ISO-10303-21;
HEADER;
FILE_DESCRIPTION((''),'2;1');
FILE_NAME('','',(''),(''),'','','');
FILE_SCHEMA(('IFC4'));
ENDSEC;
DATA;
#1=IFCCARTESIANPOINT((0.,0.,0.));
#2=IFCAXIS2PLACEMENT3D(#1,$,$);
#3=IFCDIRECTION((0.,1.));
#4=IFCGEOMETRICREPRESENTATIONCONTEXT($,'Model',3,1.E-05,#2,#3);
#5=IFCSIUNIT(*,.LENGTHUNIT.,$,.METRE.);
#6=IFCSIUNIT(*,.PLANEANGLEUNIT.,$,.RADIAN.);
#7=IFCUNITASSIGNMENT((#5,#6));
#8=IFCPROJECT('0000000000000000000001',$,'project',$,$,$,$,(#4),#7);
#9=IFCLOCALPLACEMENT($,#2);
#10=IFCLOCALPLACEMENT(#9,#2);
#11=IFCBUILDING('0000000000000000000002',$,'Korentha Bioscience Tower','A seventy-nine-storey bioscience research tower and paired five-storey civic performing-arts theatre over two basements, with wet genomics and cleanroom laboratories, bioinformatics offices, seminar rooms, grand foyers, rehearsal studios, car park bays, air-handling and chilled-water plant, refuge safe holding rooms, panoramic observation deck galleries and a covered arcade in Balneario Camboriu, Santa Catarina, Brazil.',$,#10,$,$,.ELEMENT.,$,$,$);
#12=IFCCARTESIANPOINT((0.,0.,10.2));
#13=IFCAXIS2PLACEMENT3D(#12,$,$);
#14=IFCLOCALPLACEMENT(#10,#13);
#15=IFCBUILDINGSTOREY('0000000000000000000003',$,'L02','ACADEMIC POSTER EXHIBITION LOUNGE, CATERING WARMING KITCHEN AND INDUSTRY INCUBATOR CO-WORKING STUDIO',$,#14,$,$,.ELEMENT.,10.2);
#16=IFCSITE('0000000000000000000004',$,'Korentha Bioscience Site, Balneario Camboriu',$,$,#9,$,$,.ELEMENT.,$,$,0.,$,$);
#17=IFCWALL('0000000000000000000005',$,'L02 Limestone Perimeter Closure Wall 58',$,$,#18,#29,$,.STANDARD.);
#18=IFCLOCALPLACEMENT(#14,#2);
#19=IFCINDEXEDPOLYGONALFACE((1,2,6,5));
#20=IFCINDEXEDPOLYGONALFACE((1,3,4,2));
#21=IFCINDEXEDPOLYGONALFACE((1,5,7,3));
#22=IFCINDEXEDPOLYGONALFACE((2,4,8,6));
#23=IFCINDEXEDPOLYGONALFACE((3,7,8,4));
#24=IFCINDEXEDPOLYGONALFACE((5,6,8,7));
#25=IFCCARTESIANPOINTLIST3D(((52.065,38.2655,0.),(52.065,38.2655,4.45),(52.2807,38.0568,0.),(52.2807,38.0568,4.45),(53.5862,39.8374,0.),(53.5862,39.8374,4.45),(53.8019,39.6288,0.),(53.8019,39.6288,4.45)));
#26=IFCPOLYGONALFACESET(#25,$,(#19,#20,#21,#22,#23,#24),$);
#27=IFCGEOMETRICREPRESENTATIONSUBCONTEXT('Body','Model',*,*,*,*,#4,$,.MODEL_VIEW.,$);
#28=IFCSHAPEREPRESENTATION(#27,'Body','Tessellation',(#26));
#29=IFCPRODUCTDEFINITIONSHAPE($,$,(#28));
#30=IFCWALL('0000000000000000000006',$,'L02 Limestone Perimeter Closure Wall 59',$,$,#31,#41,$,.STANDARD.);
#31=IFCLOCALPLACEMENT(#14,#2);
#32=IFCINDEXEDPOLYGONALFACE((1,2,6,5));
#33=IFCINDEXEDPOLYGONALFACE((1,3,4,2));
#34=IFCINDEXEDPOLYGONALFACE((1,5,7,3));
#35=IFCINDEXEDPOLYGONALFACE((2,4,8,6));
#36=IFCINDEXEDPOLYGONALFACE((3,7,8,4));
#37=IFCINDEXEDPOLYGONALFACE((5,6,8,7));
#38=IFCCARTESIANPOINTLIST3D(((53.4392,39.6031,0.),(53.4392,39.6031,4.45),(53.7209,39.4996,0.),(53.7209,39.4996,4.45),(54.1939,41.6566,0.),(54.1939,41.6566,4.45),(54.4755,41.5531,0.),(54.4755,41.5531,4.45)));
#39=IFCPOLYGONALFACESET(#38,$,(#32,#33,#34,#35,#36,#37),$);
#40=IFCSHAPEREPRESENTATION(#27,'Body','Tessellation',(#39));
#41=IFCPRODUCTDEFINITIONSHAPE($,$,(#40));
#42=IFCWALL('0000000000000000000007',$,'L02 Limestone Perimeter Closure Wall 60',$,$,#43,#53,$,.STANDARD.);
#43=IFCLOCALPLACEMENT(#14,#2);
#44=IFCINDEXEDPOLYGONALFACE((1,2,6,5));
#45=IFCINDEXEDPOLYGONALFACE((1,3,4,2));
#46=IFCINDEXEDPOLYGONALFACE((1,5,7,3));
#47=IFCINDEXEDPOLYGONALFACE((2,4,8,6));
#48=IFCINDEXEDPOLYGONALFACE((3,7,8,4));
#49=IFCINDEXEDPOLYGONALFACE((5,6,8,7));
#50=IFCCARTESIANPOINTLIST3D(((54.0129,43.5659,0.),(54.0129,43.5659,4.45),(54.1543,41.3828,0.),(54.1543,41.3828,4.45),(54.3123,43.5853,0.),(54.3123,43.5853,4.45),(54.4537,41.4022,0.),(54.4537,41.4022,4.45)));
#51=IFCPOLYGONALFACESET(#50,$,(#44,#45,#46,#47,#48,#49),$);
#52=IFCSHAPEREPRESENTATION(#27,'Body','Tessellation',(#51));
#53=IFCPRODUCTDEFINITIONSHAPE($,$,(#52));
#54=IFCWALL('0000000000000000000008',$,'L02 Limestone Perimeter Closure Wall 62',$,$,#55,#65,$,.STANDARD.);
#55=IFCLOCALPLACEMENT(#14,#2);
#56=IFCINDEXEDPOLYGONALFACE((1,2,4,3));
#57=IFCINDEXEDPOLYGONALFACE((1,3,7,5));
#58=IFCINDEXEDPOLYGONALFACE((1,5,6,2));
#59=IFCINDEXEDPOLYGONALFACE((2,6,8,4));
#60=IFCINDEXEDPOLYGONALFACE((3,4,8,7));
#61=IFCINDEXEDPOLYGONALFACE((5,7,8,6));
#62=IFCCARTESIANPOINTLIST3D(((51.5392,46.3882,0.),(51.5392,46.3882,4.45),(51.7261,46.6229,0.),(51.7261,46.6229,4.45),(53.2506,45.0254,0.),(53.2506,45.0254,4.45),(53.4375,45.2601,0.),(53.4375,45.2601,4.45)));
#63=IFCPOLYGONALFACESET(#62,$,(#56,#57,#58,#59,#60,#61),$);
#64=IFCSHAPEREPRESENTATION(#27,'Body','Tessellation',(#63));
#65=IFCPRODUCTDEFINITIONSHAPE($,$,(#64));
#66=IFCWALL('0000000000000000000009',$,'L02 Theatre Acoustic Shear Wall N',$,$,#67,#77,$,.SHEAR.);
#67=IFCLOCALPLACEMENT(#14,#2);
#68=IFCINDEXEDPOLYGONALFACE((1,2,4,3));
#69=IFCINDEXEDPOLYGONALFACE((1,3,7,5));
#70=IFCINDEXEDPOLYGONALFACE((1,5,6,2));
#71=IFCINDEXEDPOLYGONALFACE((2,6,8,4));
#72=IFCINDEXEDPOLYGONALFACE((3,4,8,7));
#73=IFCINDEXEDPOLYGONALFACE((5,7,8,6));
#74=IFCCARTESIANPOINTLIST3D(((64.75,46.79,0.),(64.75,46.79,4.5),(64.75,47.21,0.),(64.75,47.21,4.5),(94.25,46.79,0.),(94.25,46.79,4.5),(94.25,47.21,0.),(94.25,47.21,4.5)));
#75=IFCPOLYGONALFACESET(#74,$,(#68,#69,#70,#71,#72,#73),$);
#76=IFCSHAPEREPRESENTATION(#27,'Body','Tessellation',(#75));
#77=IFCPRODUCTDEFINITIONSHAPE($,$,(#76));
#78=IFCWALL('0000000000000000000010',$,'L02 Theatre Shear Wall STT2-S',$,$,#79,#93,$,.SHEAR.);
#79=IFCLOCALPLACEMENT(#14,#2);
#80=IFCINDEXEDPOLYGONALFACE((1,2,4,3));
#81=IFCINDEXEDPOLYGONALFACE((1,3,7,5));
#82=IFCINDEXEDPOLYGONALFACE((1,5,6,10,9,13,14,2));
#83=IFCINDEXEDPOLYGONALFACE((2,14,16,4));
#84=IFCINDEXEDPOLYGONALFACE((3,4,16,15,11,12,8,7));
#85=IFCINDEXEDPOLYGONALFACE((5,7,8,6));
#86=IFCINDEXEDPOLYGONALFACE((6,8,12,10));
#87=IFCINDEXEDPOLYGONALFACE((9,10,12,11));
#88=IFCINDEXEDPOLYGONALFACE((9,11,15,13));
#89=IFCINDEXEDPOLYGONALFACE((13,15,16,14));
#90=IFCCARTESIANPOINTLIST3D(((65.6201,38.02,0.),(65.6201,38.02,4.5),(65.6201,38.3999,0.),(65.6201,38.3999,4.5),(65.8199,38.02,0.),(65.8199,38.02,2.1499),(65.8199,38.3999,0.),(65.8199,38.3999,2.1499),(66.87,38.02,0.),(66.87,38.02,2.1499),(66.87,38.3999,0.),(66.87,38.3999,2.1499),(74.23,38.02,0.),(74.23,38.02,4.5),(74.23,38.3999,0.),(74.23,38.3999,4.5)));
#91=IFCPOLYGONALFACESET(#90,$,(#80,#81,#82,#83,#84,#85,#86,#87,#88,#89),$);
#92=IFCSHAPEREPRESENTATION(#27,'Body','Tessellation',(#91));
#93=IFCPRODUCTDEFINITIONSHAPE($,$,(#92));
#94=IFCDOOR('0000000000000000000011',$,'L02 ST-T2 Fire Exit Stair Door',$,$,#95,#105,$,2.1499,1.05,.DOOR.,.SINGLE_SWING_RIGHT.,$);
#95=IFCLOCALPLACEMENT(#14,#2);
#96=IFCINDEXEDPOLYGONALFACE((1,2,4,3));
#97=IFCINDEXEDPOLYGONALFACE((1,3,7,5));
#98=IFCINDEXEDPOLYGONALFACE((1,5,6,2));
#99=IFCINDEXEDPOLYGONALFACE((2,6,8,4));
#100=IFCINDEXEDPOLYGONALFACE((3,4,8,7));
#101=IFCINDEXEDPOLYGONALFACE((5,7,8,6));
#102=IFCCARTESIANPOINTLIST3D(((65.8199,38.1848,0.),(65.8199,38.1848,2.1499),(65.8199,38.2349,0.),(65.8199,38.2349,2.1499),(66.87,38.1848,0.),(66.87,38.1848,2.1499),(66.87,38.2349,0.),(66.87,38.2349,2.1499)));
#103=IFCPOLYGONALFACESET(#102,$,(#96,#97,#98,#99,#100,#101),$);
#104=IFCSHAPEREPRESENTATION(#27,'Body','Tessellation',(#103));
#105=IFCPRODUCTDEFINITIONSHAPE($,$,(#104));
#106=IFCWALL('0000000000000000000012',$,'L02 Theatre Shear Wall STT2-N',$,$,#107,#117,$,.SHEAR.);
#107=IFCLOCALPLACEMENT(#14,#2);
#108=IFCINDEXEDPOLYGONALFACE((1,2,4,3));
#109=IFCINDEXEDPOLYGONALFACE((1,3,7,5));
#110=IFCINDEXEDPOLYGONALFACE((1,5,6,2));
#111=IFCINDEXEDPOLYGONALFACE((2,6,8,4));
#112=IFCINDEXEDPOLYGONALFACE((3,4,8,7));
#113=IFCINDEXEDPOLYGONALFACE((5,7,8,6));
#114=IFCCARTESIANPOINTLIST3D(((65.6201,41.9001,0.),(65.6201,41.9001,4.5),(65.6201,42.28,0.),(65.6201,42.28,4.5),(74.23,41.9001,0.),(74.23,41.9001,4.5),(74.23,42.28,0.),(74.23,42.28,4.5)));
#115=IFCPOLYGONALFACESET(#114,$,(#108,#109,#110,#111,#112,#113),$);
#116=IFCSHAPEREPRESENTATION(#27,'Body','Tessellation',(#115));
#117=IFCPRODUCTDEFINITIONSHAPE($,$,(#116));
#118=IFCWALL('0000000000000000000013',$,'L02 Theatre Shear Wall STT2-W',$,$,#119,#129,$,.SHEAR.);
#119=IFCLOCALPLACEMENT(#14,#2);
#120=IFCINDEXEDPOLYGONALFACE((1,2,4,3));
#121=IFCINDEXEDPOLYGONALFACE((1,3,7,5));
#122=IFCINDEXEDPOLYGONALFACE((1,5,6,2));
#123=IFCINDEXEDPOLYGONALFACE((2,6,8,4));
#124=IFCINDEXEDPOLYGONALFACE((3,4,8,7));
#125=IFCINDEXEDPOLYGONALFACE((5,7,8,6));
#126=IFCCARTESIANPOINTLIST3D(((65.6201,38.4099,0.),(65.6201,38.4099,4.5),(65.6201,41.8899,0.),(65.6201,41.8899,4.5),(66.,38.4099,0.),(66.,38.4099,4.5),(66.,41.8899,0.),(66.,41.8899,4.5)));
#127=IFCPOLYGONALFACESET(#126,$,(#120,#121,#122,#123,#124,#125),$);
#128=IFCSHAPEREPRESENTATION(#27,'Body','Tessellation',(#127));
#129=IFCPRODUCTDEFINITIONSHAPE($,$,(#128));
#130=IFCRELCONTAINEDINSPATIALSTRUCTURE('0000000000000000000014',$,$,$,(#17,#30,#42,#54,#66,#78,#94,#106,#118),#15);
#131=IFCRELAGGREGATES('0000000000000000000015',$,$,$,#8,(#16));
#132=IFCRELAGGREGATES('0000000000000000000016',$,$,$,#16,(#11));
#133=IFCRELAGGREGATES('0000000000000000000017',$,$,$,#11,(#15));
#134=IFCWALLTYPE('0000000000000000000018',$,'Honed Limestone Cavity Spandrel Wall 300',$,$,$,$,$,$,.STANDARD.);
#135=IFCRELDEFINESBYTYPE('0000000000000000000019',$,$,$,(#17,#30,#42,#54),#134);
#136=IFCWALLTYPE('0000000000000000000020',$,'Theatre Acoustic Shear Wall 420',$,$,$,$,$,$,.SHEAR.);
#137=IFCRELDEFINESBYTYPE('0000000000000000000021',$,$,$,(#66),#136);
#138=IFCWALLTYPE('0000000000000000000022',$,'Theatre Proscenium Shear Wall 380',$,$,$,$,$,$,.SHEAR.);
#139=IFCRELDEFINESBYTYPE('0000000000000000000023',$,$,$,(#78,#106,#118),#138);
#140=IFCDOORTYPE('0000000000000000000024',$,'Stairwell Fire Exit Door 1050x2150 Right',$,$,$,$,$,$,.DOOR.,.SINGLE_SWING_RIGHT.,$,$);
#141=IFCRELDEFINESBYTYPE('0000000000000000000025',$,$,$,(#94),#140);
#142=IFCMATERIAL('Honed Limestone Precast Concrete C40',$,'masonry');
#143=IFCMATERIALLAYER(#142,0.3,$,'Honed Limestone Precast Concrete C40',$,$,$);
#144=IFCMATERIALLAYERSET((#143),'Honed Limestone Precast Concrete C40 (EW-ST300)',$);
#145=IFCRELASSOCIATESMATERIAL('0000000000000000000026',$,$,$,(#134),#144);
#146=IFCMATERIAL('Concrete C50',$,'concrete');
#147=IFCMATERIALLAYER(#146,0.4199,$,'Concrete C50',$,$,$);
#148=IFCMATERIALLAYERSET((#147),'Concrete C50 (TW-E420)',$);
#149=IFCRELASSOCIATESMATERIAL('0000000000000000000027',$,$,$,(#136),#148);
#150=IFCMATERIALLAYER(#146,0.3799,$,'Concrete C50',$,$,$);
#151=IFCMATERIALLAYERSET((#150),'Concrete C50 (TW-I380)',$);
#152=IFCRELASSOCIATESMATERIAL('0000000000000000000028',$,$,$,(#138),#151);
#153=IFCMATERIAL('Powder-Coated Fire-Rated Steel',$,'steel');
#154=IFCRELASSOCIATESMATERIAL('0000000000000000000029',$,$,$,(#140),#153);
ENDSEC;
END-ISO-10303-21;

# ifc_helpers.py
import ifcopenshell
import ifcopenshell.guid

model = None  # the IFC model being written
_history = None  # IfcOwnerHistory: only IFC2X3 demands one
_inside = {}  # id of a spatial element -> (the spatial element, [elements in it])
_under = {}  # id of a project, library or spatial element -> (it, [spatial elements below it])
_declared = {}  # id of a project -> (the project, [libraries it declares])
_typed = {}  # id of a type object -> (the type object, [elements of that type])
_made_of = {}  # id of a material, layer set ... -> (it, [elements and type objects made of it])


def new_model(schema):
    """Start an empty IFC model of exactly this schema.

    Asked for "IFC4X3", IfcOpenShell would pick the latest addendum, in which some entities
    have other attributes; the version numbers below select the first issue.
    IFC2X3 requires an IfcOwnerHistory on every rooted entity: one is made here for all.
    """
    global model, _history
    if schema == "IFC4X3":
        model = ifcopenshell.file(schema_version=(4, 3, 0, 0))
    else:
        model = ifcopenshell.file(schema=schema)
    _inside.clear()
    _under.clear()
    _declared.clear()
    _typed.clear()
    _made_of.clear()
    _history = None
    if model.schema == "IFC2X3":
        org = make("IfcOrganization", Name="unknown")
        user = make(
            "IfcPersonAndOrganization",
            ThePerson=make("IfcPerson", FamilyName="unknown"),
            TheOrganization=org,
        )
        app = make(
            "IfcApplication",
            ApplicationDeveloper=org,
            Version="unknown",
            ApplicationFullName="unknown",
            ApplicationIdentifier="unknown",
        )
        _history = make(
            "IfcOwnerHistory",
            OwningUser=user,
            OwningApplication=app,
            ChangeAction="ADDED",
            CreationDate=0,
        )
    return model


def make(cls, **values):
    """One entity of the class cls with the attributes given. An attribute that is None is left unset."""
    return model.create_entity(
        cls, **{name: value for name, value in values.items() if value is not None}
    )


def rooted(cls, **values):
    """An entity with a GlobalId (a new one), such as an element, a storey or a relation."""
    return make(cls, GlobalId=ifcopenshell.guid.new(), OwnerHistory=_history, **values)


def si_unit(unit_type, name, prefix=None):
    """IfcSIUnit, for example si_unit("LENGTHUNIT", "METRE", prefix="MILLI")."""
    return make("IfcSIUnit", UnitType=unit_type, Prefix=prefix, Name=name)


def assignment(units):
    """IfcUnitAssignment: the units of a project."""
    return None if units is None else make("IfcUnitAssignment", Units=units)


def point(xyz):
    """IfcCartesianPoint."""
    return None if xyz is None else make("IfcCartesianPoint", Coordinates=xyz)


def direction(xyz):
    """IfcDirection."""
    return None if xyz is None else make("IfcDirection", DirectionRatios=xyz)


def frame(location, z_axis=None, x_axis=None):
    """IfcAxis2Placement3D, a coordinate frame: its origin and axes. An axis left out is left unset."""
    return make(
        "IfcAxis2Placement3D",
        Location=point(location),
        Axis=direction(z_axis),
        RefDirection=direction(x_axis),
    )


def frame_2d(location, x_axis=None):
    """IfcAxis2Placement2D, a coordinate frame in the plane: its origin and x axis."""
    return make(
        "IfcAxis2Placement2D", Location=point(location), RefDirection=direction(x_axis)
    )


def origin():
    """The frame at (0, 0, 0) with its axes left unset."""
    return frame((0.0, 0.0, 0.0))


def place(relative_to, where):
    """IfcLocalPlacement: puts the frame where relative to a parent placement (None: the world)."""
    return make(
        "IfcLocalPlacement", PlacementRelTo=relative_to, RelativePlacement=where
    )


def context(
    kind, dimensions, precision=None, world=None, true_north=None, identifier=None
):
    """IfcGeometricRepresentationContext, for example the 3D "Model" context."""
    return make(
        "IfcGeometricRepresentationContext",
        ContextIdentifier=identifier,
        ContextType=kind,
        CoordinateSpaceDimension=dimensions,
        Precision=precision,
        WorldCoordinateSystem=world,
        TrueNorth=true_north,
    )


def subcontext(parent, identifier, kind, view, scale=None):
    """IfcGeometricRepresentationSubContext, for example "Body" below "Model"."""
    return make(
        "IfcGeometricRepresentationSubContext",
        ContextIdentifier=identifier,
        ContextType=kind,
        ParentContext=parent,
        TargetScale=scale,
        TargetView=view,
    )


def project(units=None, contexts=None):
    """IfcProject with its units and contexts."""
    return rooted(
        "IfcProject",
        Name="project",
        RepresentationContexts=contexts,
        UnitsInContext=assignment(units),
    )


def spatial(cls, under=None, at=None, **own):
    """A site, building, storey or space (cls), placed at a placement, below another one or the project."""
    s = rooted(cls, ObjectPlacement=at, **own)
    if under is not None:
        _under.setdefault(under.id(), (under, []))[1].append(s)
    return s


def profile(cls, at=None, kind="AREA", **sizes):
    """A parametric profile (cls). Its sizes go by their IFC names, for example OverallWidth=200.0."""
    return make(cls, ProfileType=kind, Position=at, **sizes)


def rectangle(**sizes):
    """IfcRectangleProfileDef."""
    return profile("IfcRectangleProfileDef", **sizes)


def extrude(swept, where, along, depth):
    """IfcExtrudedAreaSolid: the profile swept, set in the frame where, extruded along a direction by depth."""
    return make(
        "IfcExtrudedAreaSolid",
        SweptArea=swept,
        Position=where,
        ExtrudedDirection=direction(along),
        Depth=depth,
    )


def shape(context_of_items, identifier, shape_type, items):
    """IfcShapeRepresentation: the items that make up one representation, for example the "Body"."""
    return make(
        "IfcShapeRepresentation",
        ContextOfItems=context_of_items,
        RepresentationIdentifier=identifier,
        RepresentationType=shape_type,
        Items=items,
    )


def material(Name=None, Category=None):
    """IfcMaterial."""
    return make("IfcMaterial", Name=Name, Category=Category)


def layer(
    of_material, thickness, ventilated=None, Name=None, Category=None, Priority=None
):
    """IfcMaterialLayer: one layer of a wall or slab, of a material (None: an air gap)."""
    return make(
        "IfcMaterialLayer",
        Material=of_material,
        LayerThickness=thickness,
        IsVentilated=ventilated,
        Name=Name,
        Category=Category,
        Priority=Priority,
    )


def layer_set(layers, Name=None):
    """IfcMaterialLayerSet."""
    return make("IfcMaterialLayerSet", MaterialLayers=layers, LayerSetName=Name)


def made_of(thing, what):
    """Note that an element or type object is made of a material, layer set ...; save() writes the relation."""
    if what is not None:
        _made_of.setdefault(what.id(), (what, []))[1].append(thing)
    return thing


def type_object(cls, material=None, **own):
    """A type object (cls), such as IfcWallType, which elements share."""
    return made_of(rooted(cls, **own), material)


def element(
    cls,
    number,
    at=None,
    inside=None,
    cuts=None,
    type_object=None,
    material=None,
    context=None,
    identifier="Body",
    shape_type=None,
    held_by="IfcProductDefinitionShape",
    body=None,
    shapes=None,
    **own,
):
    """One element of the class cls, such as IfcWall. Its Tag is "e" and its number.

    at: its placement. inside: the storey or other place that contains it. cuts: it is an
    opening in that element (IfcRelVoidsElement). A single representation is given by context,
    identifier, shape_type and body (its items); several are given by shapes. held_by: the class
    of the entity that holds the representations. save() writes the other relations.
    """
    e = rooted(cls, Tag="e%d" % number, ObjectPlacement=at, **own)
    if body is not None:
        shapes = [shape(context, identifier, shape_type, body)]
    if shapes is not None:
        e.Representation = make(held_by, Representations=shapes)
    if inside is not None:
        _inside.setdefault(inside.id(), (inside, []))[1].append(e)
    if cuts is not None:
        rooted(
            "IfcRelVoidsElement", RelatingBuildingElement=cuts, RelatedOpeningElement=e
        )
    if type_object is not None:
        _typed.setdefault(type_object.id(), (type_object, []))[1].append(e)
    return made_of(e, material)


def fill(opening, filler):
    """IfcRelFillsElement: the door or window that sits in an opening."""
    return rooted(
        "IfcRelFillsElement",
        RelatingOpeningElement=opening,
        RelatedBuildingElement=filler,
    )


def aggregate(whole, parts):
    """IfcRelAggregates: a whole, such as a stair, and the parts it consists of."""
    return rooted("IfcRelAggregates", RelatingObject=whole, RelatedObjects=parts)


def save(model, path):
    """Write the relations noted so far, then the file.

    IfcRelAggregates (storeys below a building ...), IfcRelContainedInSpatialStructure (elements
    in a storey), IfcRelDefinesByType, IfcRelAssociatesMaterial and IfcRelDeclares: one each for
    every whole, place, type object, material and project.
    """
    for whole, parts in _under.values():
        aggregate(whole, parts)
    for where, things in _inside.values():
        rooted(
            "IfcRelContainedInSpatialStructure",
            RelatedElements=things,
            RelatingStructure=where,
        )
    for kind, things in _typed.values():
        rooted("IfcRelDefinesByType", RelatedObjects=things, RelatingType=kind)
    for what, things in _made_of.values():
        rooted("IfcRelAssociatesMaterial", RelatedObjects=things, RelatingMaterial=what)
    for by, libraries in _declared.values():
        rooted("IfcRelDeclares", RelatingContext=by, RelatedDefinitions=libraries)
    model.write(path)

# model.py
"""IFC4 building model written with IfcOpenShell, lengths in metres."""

from ifc_helpers import new_model, si_unit, direction, frame, frame_2d, origin, place, context, subcontext, project, spatial, rectangle, extrude, material, layer, layer_set, type_object, element, fill, save


model = new_model("IFC4")

# Units and contexts
model_context = context("Model", 3, precision=1e-05, world=origin(), true_north=direction((0.0, 1.0)))
body_context = subcontext(model_context, "Body", "Model", "MODEL_VIEW")
ifc_project = project(units=[si_unit("LENGTHUNIT", "METRE"), si_unit("PLANEANGLEUNIT", "RADIAN")], contexts=[model_context])

# Site, building, storey
site_placement = place(None, origin())
site = spatial("IfcSite", under=ifc_project, at=site_placement, Name="Korentha Bioscience Site, Balneario Camboriu", CompositionType="ELEMENT", RefElevation=0.0)
building_placement = place(site_placement, origin())
building = spatial("IfcBuilding", under=site, at=building_placement, Name="Korentha Bioscience Tower", Description="A seventy-nine-storey bioscience research tower and paired five-storey civic performing-arts theatre over two basements, with wet genomics and cleanroom laboratories, bioinformatics offices, seminar rooms, grand foyers, rehearsal studios, car park bays, air-handling and chilled-water plant, refuge safe holding rooms, panoramic observation deck galleries and a covered arcade in Balneario Camboriu, Santa Catarina, Brazil.", CompositionType="ELEMENT")
storey_placement = place(building_placement, frame((0.0, 0.0, 10.2)))
storey = spatial("IfcBuildingStorey", under=building, at=storey_placement, Name="L02", Description="ACADEMIC POSTER EXHIBITION LOUNGE, CATERING WARMING KITCHEN AND INDUSTRY INCUBATOR CO-WORKING STUDIO", CompositionType="ELEMENT", Elevation=10.2)

# Shared definitions
ifc_material_1 = material(Name="Concrete C50", Category="concrete")

# Walls
ifc_material_2 = material(Name="Honed Limestone Precast Concrete C40", Category="masonry")
ifc_layer_1 = layer(ifc_material_2, 0.3, Name="Honed Limestone Precast Concrete C40")
ifc_layer_set_1 = layer_set([ifc_layer_1], Name="Honed Limestone Precast Concrete C40 (EW-ST300)")
wall_type_1 = type_object("IfcWallType", Name="Honed Limestone Cavity Spandrel Wall 300", PredefinedType="STANDARD", material=ifc_layer_set_1)
wall_1_placement = place(storey_placement, frame((52.1729, 38.1611, 0.0), z_axis=(0.0, 0.0, 1.0), x_axis=(0.695405, 0.718618, 0.0)))
element("IfcWall", 1, at=wall_1_placement, inside=storey, type_object=wall_type_1, Name="L02 Limestone Perimeter Closure Wall 58", PredefinedType="STANDARD", context=body_context, shape_type="SweptSolid", body=[
    extrude(rectangle(XDim=2.1875, YDim=0.3, at=frame_2d((1.0938, 0.0))), origin(), (0.0, 0.0, 1.0), 4.45),
])
for number, where, z_axis, x_axis, name in (
    (2, (53.5801, 39.5515, 0.0), (0.0, 0.0, 1.0), (0.34494, 0.938625, 0.0), "L02 Limestone Perimeter Closure Wall 59"),
    (3, (54.304, 41.3926, 0.0), (0.0, 0.0, 1.0), (-0.064615, 0.99791, 0.0), "L02 Limestone Perimeter Closure Wall 60"),
    (4, (53.344, 45.1428, 0.0), (0.0, 0.0, 1.0), (-0.782282, 0.622924, 0.0), "L02 Limestone Perimeter Closure Wall 62"),
):
    element("IfcWall", number, at=place(storey_placement, frame(where, z_axis=z_axis, x_axis=x_axis)), inside=storey, type_object=wall_type_1, Name=name, PredefinedType="STANDARD", context=body_context, shape_type="SweptSolid", body=[
        extrude(rectangle(XDim=2.1877, YDim=0.3, at=frame_2d((1.0938, 0.0))), origin(), (0.0, 0.0, 1.0), 4.45),
    ])
ifc_layer_2 = layer(ifc_material_1, 0.4199, Name="Concrete C50")
ifc_layer_set_2 = layer_set([ifc_layer_2], Name="Concrete C50 (TW-E420)")
wall_type_2 = type_object("IfcWallType", Name="Theatre Acoustic Shear Wall 420", PredefinedType="SHEAR", material=ifc_layer_set_2)
wall_2_placement = place(storey_placement, frame((64.75, 47.0, 0.0), z_axis=(0.0, 0.0, 1.0), x_axis=(1.0, 0.0, 0.0)))
element("IfcWall", 5, at=wall_2_placement, inside=storey, type_object=wall_type_2, Name="L02 Theatre Acoustic Shear Wall N", PredefinedType="SHEAR", context=body_context, shape_type="SweptSolid", body=[
    extrude(rectangle(XDim=29.5, YDim=0.4199, at=frame_2d((14.75, 0.0))), origin(), (0.0, 0.0, 1.0), 4.5),
])

# Wall, opening, door
ifc_layer_3 = layer(ifc_material_1, 0.3799, Name="Concrete C50")
ifc_layer_set_3 = layer_set([ifc_layer_3], Name="Concrete C50 (TW-I380)")
wall_type_3 = type_object("IfcWallType", Name="Theatre Proscenium Shear Wall 380", PredefinedType="SHEAR", material=ifc_layer_set_3)
wall_3_placement = place(storey_placement, frame((65.6201, 38.21, 0.0), z_axis=(0.0, 0.0, 1.0), x_axis=(1.0, 0.0, 0.0)))
wall_3 = element("IfcWall", 6, at=wall_3_placement, inside=storey, type_object=wall_type_3, Name="L02 Theatre Shear Wall STT2-S", PredefinedType="SHEAR", context=body_context, shape_type="SweptSolid", body=[
    extrude(rectangle(XDim=8.6099, YDim=0.3799, at=frame_2d((4.3049, 0.0))), origin(), (0.0, 0.0, 1.0), 4.5),
])
opening_placement = place(wall_3_placement, frame((0.2, 0.0, 0.0)))
opening = element("IfcOpeningElement", 7, at=opening_placement, cuts=wall_3, PredefinedType="OPENING", context=body_context, shape_type="SweptSolid", body=[
    extrude(rectangle(XDim=1.05, YDim=2.1499, at=frame_2d((0.5249, 1.075))), frame((0.0, 0.2048, 0.0), z_axis=(0.0, -1.0, 0.0), x_axis=(1.0, 0.0, 0.0)), (0.0, 0.0, 1.0), 0.4097),
])
ifc_material_3 = material(Name="Powder-Coated Fire-Rated Steel", Category="steel")
door_type = type_object("IfcDoorType", Name="Stairwell Fire Exit Door 1050x2150 Right", OperationType="SINGLE_SWING_RIGHT", PredefinedType="DOOR", material=ifc_material_3)
door_placement = place(opening_placement, origin())
door = element("IfcDoor", 8, at=door_placement, inside=storey, type_object=door_type, Name="L02 ST-T2 Fire Exit Stair Door", OperationType="SINGLE_SWING_RIGHT", OverallHeight=2.1499, OverallWidth=1.05, PredefinedType="DOOR", context=body_context, shape_type="SweptSolid", body=[
    extrude(rectangle(XDim=1.05, YDim=2.1499, at=frame_2d((0.5249, 1.075))), frame((0.0, 0.0249, 0.0), z_axis=(0.0, -1.0, 0.0), x_axis=(1.0, 0.0, 0.0)), (0.0, 0.0, 1.0), 0.05),
])
fill(opening, door)

# Walls
wall_4_placement = place(storey_placement, frame((65.6201, 42.0901, 0.0), z_axis=(0.0, 0.0, 1.0), x_axis=(1.0, 0.0, 0.0)))
element("IfcWall", 9, at=wall_4_placement, inside=storey, type_object=wall_type_3, Name="L02 Theatre Shear Wall STT2-N", PredefinedType="SHEAR", context=body_context, shape_type="SweptSolid", body=[
    extrude(rectangle(XDim=8.6099, YDim=0.3799, at=frame_2d((4.3049, 0.0))), origin(), (0.0, 0.0, 1.0), 4.5),
])
wall_5_placement = place(storey_placement, frame((65.8101, 38.4099, 0.0), z_axis=(0.0, 0.0, 1.0), x_axis=(0.0, 1.0, 0.0)))
element("IfcWall", 10, at=wall_5_placement, inside=storey, type_object=wall_type_3, Name="L02 Theatre Shear Wall STT2-W", PredefinedType="SHEAR", context=body_context, shape_type="SweptSolid", body=[
    extrude(rectangle(XDim=3.48, YDim=0.3799, at=frame_2d((1.74, 0.0))), origin(), (0.0, 0.0, 1.0), 4.5),
])

save(model, "model.ifc")
